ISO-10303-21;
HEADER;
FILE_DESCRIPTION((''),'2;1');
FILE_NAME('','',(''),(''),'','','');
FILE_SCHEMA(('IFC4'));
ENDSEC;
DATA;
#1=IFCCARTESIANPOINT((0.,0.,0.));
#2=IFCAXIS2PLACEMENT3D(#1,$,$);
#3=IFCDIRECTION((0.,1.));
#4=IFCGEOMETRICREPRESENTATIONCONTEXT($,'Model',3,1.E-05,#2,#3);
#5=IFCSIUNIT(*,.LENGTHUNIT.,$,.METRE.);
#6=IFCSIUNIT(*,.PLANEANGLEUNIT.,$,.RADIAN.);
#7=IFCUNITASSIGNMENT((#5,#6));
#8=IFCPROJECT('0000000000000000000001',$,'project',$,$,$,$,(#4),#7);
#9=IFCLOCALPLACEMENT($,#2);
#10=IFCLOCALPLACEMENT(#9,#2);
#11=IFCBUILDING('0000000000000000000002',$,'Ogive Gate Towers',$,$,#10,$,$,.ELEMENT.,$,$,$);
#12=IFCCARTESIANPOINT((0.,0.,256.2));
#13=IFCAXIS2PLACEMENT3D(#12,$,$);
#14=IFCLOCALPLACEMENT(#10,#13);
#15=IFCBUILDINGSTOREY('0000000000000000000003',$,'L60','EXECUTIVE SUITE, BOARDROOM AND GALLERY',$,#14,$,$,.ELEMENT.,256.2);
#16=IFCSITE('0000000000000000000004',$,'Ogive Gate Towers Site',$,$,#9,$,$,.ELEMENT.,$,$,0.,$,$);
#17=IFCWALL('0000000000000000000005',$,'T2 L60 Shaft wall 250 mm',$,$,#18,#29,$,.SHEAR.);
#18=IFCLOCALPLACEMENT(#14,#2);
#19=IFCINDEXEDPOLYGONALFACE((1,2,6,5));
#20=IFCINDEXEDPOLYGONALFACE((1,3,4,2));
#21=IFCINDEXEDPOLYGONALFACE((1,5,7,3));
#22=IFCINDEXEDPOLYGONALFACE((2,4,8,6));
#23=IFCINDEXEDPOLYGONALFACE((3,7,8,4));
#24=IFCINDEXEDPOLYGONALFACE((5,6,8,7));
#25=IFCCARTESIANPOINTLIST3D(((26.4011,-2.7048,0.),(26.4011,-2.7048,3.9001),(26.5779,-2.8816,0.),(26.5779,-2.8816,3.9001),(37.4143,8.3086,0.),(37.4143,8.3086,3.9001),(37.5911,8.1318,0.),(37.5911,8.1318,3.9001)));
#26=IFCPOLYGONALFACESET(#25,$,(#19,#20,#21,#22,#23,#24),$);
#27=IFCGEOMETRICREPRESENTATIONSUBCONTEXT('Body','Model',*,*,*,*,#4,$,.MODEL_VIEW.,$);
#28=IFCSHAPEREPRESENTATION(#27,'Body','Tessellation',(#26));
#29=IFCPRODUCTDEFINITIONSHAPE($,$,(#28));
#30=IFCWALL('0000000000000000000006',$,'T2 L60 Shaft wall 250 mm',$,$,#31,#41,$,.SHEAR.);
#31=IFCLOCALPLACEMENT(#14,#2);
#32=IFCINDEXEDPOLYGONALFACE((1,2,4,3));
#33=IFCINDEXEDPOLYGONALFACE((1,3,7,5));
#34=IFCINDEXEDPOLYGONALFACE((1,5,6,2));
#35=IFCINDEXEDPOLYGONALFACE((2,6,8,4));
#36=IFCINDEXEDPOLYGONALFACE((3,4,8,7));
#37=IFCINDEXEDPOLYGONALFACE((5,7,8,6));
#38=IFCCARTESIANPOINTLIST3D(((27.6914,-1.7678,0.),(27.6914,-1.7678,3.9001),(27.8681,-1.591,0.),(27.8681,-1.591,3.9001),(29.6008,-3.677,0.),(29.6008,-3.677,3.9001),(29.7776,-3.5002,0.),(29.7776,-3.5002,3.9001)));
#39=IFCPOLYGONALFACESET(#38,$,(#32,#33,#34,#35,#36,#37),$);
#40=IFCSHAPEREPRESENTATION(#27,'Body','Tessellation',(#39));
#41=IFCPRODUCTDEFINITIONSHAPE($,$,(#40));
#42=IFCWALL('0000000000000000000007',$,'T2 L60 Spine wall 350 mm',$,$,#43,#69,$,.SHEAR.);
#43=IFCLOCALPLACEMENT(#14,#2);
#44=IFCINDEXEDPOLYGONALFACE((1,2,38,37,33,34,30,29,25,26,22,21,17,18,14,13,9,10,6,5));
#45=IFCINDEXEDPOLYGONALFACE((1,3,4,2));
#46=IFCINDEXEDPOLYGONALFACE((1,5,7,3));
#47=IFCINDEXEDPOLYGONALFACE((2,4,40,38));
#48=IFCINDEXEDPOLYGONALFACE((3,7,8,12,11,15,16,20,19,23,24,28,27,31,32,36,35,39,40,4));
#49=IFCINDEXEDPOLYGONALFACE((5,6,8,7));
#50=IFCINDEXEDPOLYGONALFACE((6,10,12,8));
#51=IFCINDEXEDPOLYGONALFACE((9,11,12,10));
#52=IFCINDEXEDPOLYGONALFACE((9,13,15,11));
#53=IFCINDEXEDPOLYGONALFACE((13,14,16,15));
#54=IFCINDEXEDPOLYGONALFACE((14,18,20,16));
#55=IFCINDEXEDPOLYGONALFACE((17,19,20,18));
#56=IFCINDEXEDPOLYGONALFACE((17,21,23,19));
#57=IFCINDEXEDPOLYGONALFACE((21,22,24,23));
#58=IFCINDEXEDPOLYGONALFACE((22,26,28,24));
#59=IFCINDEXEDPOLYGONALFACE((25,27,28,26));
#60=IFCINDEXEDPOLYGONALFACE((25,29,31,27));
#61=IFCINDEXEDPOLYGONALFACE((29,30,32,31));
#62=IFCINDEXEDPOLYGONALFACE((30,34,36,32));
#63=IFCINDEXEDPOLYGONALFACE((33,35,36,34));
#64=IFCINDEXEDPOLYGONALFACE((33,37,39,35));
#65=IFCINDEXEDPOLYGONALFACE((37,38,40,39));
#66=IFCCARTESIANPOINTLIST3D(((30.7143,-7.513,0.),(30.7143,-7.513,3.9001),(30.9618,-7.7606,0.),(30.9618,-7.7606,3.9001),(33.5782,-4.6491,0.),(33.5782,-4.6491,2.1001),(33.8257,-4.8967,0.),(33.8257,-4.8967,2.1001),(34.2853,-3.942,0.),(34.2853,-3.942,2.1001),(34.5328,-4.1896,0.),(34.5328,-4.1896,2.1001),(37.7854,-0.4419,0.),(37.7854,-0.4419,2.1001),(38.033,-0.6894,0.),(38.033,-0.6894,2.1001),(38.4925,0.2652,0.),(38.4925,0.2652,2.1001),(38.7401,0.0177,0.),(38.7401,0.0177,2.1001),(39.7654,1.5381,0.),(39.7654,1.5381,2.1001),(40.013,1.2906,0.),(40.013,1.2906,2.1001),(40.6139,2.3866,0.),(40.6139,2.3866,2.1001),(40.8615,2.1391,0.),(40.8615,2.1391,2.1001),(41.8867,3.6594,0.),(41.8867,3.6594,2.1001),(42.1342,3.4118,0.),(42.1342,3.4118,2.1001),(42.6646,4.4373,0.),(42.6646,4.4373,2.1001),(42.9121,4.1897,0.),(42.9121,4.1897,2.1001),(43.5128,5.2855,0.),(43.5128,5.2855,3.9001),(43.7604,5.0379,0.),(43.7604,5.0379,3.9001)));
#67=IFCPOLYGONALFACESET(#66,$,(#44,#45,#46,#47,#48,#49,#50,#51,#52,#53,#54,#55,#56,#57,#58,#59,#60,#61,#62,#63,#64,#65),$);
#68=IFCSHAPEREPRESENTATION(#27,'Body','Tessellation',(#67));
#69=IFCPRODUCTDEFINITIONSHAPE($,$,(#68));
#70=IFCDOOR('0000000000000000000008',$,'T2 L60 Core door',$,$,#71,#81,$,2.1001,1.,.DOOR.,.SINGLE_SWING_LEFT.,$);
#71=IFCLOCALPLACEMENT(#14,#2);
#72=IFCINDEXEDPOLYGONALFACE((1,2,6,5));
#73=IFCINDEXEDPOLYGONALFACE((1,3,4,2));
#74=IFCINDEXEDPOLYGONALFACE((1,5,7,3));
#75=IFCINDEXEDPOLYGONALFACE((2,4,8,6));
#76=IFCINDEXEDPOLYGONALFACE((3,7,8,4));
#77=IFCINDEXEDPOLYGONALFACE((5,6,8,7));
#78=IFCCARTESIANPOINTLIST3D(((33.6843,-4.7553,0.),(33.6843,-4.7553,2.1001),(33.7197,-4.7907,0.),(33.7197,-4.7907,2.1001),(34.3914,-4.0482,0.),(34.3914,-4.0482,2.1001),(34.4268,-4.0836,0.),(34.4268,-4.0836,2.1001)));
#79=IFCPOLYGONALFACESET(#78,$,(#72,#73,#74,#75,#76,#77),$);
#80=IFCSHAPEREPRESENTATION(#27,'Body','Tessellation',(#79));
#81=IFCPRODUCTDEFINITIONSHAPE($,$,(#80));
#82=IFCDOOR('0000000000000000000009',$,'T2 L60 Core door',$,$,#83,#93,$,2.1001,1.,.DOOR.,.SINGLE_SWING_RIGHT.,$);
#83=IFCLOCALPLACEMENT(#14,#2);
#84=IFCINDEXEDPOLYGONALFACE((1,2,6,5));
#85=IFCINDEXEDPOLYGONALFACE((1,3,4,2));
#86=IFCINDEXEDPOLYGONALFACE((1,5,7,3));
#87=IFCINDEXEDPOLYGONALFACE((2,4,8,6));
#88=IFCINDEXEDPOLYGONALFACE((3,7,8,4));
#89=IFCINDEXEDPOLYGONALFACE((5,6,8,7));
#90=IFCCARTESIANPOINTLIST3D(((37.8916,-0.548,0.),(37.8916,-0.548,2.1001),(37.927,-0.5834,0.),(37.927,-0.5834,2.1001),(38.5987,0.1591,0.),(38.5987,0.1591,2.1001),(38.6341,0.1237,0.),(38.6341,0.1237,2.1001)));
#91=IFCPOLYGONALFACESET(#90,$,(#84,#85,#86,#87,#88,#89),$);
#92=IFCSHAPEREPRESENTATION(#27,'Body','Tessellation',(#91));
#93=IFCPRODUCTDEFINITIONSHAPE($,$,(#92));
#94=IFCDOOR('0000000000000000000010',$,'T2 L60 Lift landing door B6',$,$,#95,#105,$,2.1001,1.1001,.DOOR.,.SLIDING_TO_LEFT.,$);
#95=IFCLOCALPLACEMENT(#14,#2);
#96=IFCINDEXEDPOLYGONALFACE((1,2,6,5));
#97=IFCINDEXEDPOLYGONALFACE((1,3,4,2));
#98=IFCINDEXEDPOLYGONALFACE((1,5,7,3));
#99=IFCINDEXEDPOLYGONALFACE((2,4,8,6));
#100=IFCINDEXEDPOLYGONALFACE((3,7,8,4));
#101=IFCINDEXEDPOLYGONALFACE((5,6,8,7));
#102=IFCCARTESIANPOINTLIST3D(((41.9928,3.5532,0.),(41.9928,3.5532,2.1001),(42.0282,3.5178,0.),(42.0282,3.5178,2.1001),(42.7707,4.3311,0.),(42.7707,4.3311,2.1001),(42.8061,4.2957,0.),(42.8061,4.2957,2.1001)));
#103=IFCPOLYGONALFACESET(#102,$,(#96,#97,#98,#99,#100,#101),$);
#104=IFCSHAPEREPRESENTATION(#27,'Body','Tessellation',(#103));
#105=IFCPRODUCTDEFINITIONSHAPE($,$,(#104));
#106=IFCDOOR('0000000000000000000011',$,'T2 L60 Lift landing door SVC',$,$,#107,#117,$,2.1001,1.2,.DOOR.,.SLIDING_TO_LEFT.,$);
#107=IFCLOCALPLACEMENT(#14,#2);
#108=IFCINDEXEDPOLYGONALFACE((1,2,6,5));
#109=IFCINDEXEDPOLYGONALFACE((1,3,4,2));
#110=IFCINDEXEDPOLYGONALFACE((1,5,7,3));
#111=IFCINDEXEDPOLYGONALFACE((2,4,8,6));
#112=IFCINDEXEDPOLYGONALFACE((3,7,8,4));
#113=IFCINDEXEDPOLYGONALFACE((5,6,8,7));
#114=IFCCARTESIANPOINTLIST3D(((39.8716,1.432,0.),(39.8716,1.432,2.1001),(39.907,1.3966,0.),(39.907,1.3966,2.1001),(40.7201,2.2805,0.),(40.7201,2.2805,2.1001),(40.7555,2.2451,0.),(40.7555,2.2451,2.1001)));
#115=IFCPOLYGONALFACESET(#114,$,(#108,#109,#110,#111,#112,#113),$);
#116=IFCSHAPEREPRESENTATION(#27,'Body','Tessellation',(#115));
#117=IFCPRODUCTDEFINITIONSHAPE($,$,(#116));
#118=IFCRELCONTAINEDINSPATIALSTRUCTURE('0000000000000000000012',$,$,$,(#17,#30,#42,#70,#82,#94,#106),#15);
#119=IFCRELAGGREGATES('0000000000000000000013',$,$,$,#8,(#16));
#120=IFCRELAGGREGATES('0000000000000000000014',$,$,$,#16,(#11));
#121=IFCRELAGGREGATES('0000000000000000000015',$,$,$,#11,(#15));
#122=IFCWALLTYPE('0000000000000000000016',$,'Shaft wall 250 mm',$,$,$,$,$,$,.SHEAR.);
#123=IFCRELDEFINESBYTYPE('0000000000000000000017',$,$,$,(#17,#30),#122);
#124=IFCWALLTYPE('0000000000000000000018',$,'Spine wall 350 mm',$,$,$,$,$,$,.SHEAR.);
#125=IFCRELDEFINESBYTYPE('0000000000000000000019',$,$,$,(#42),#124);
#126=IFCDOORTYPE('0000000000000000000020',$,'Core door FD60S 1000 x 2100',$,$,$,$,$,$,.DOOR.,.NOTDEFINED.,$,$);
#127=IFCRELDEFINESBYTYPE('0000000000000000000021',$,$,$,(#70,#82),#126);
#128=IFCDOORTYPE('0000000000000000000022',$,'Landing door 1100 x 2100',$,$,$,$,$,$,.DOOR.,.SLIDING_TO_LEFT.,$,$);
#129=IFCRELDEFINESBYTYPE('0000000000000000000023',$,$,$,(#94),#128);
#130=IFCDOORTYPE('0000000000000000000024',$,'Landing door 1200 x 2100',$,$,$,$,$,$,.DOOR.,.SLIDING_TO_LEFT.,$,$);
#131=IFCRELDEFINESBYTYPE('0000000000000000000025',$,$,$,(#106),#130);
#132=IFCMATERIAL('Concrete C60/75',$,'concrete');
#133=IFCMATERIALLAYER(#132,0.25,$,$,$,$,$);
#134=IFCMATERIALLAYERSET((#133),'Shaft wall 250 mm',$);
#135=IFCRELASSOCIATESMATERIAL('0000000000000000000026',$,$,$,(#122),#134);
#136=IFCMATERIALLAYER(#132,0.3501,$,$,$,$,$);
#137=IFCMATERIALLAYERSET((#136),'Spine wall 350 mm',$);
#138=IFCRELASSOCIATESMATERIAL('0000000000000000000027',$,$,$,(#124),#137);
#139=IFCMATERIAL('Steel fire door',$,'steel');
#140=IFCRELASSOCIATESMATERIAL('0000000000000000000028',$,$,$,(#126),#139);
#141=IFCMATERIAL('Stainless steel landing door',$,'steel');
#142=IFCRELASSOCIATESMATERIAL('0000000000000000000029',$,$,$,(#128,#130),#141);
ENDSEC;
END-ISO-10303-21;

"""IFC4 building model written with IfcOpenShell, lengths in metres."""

from ifc_helpers import new_model, si_unit, direction, frame, frame_2d, origin, place, context, subcontext, project, spatial, rectangle, extrude, material, layer, layer_set, type_object, element, fill, save


model = new_model("IFC4")

# Units and contexts
model_context = context("Model", 3, precision=1e-05, world=origin(), true_north=direction((0.0, 1.0)))
body_context = subcontext(model_context, "Body", "Model", "MODEL_VIEW")
ifc_project = project(units=[si_unit("LENGTHUNIT", "METRE"), si_unit("PLANEANGLEUNIT", "RADIAN")], contexts=[model_context])

# Site, building, storey
site_placement = place(None, origin())
site = spatial("IfcSite", under=ifc_project, at=site_placement, Name="Ogive Gate Towers Site", CompositionType="ELEMENT", RefElevation=0.0)
building_placement = place(site_placement, origin())
building = spatial("IfcBuilding", under=site, at=building_placement, Name="Ogive Gate Towers", CompositionType="ELEMENT")
storey_placement = place(building_placement, frame((0.0, 0.0, 256.2)))
storey = spatial("IfcBuildingStorey", under=building, at=storey_placement, Name="L60", Description="EXECUTIVE SUITE, BOARDROOM AND GALLERY", CompositionType="ELEMENT", Elevation=256.2)

# Walls
ifc_material_1 = material(Name="Concrete C60/75", Category="concrete")
ifc_layer_1 = layer(ifc_material_1, 0.25)
ifc_layer_set_1 = layer_set([ifc_layer_1], Name="Shaft wall 250 mm")
wall_type_1 = type_object("IfcWallType", Name="Shaft wall 250 mm", PredefinedType="SHEAR", material=ifc_layer_set_1)
wall_1_placement = place(storey_placement, frame((26.4895, -2.7932, 0.0), z_axis=(0.0, 0.0, 1.0), x_axis=(0.707099, 0.707115, 0.0)))
element("IfcWall", 1, at=wall_1_placement, inside=storey, type_object=wall_type_1, Name="T2 L60 Shaft wall 250 mm", PredefinedType="SHEAR", context=body_context, shape_type="SweptSolid", body=[
    extrude(rectangle(XDim=15.5752, YDim=0.25, at=frame_2d((7.7876, 0.0))), origin(), (0.0, 0.0, 1.0), 3.9001),
])
wall_2_placement = place(storey_placement, frame((29.6892, -3.5886, 0.0), z_axis=(0.0, 0.0, 1.0), x_axis=(-0.707152, 0.707062, 0.0)))
element("IfcWall", 2, at=wall_2_placement, inside=storey, type_object=wall_type_1, Name="T2 L60 Shaft wall 250 mm", PredefinedType="SHEAR", context=body_context, shape_type="SweptSolid", body=[
    extrude(rectangle(XDim=2.7002, YDim=0.25, at=frame_2d((1.3501, 0.0))), origin(), (0.0, 0.0, 1.0), 3.9001),
])

# Wall, openings, doors
ifc_layer_2 = layer(ifc_material_1, 0.3501)
ifc_layer_set_2 = layer_set([ifc_layer_2], Name="Spine wall 350 mm")
wall_type_2 = type_object("IfcWallType", Name="Spine wall 350 mm", PredefinedType="SHEAR", material=ifc_layer_set_2)
wall_3_placement = place(storey_placement, frame((30.8381, -7.6367, 0.0), z_axis=(0.0, 0.0, 1.0), x_axis=(0.707107, 0.707107, 0.0)))
wall_3 = element("IfcWall", 3, at=wall_3_placement, inside=storey, type_object=wall_type_2, Name="T2 L60 Spine wall 350 mm", PredefinedType="SHEAR", context=body_context, shape_type="SweptSolid", body=[
    extrude(rectangle(XDim=18.0999, YDim=0.3501, at=frame_2d((9.0498, 0.0))), origin(), (0.0, 0.0, 1.0), 3.9001),
])
opening_1_placement = place(wall_3_placement, frame((12.8, 0.0, 0.0)))
opening_1 = element("IfcOpeningElement", 4, at=opening_1_placement, cuts=wall_3, PredefinedType="OPENING", context=body_context, shape_type="SweptSolid", body=[
    extrude(rectangle(XDim=1.2, YDim=2.1001, at=frame_2d((0.6001, 1.05))), frame((0.0, 0.1851, 0.0), z_axis=(0.0, -1.0, 0.0), x_axis=(1.0, 0.0, 0.0)), (0.0, 0.0, 1.0), 0.3701),
])
opening_2_placement = place(wall_3_placement, frame((15.8, 0.0, 0.0)))
opening_2 = element("IfcOpeningElement", 5, at=opening_2_placement, cuts=wall_3, PredefinedType="OPENING", context=body_context, shape_type="SweptSolid", body=[
    extrude(rectangle(XDim=1.1001, YDim=2.1001, at=frame_2d((0.55, 1.05))), frame((0.0, 0.1851, 0.0), z_axis=(0.0, -1.0, 0.0), x_axis=(1.0, 0.0, 0.0)), (0.0, 0.0, 1.0), 0.3701),
])
opening_3_placement = place(wall_3_placement, frame((4.05, 0.0, 0.0)))
opening_3 = element("IfcOpeningElement", 6, at=opening_3_placement, cuts=wall_3, PredefinedType="OPENING", context=body_context, shape_type="SweptSolid", body=[
    extrude(rectangle(XDim=1.0, YDim=2.1001, at=frame_2d((0.5, 1.05))), frame((0.0, 0.1851, 0.0), z_axis=(0.0, -1.0, 0.0), x_axis=(1.0, 0.0, 0.0)), (0.0, 0.0, 1.0), 0.3701),
])
opening_4_placement = place(wall_3_placement, frame((10.0, 0.0, 0.0)))
opening_4 = element("IfcOpeningElement", 7, at=opening_4_placement, cuts=wall_3, PredefinedType="OPENING", context=body_context, shape_type="SweptSolid", body=[
    extrude(rectangle(XDim=1.0, YDim=2.1001, at=frame_2d((0.5, 1.05))), frame((0.0, 0.1851, 0.0), z_axis=(0.0, -1.0, 0.0), x_axis=(1.0, 0.0, 0.0)), (0.0, 0.0, 1.0), 0.3701),
])
ifc_material_2 = material(Name="Steel fire door", Category="steel")
door_type_1 = type_object("IfcDoorType", Name="Core door FD60S 1000 x 2100", OperationType="NOTDEFINED", PredefinedType="DOOR", material=ifc_material_2)
door_1_placement = place(opening_3_placement, origin())
door_1 = element("IfcDoor", 8, at=door_1_placement, inside=storey, type_object=door_type_1, Name="T2 L60 Core door", OperationType="SINGLE_SWING_LEFT", OverallHeight=2.1001, OverallWidth=1.0, PredefinedType="DOOR", context=body_context, shape_type="SweptSolid", body=[
    extrude(rectangle(XDim=1.0, YDim=2.1001, at=frame_2d((0.5, 1.05))), frame((0.0, 0.0249, 0.0), z_axis=(0.0, -1.0, 0.0), x_axis=(1.0, 0.0, 0.0)), (0.0, 0.0, 1.0), 0.05),
])
fill(opening_3, door_1)
door_2_placement = place(opening_4_placement, origin())
door_2 = element("IfcDoor", 9, at=door_2_placement, inside=storey, type_object=door_type_1, Name="T2 L60 Core door", OperationType="SINGLE_SWING_RIGHT", OverallHeight=2.1001, OverallWidth=1.0, PredefinedType="DOOR", context=body_context, shape_type="SweptSolid", body=[
    extrude(rectangle(XDim=1.0, YDim=2.1001, at=frame_2d((0.5, 1.05))), frame((0.0, 0.0249, 0.0), z_axis=(0.0, -1.0, 0.0), x_axis=(1.0, 0.0, 0.0)), (0.0, 0.0, 1.0), 0.05),
])
fill(opening_4, door_2)
ifc_material_3 = material(Name="Stainless steel landing door", Category="steel")
door_type_2 = type_object("IfcDoorType", Name="Landing door 1100 x 2100", OperationType="SLIDING_TO_LEFT", PredefinedType="DOOR", material=ifc_material_3)
door_3_placement = place(opening_2_placement, origin())
door_3 = element("IfcDoor", 10, at=door_3_placement, inside=storey, type_object=door_type_2, Name="T2 L60 Lift landing door B6", OperationType="SLIDING_TO_LEFT", OverallHeight=2.1001, OverallWidth=1.1001, PredefinedType="DOOR", context=body_context, shape_type="SweptSolid", body=[
    extrude(rectangle(XDim=1.1001, YDim=2.1001, at=frame_2d((0.55, 1.05))), frame((0.0, 0.0249, 0.0), z_axis=(0.0, -1.0, 0.0), x_axis=(1.0, 0.0, 0.0)), (0.0, 0.0, 1.0), 0.05),
])
fill(opening_2, door_3)
door_type_3 = type_object("IfcDoorType", Name="Landing door 1200 x 2100", OperationType="SLIDING_TO_LEFT", PredefinedType="DOOR", material=ifc_material_3)
door_4_placement = place(opening_1_placement, origin())
door_4 = element("IfcDoor", 11, at=door_4_placement, inside=storey, type_object=door_type_3, Name="T2 L60 Lift landing door SVC", OperationType="SLIDING_TO_LEFT", OverallHeight=2.1001, OverallWidth=1.2, PredefinedType="DOOR", context=body_context, shape_type="SweptSolid", body=[
    extrude(rectangle(XDim=1.2, YDim=2.1001, at=frame_2d((0.6001, 1.05))), frame((0.0, 0.0249, 0.0), z_axis=(0.0, -1.0, 0.0), x_axis=(1.0, 0.0, 0.0)), (0.0, 0.0, 1.0), 0.05),
])
fill(opening_1, door_4)

save(model, "model.ifc")
